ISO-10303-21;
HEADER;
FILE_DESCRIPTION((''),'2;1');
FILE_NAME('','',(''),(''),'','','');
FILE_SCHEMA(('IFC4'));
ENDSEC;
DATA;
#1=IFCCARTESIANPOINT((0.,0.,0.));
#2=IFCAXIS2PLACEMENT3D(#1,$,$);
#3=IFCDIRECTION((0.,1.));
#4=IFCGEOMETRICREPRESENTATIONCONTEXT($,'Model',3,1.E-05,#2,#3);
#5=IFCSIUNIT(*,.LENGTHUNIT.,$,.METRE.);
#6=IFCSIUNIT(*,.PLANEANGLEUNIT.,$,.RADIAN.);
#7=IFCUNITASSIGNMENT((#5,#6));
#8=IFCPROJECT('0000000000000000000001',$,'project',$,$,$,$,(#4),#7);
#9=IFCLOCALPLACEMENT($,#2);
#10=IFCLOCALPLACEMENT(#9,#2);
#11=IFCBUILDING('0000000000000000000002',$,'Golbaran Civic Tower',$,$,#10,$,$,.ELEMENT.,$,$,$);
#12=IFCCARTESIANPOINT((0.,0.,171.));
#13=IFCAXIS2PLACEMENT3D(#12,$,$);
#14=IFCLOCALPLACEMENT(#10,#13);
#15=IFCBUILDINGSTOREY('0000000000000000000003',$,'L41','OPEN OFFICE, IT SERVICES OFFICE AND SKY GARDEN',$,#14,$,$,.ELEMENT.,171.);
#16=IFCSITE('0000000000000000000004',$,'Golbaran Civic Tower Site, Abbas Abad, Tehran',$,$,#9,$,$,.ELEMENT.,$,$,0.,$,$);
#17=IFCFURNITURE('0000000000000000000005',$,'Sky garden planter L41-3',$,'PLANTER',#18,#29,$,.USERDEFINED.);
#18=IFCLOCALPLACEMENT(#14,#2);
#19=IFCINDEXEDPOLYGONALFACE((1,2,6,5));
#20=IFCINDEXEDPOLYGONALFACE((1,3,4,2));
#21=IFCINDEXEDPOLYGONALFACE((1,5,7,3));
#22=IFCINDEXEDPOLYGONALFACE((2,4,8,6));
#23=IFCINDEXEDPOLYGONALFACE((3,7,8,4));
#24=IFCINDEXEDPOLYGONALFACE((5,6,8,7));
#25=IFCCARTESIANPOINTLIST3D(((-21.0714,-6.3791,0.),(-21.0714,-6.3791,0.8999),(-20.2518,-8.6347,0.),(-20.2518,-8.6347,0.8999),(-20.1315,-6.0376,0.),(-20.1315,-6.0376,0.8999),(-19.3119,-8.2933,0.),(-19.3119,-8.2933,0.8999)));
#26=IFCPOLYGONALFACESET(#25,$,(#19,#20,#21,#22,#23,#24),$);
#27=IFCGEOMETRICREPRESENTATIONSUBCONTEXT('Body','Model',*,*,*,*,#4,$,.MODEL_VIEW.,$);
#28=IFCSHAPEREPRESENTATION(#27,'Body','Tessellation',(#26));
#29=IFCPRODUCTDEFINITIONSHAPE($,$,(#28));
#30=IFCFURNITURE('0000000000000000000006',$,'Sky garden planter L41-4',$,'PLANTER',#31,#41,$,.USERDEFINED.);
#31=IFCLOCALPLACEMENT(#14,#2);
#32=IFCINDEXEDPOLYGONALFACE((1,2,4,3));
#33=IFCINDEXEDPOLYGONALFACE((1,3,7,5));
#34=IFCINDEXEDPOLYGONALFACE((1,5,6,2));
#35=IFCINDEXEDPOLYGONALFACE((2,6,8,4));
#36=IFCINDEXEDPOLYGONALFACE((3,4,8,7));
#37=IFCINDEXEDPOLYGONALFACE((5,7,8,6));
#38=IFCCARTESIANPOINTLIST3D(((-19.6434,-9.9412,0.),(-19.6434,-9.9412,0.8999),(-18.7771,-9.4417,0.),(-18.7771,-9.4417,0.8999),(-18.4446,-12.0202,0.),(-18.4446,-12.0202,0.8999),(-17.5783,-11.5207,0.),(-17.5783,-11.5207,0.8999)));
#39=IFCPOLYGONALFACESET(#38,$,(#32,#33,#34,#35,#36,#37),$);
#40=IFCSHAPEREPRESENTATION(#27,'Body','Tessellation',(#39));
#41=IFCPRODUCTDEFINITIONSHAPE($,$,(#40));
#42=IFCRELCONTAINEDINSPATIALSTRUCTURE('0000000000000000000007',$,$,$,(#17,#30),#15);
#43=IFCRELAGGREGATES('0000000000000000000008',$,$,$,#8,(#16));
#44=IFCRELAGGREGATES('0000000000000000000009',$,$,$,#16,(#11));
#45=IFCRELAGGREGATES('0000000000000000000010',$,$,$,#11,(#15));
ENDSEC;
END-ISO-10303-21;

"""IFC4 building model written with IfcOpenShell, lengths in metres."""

from ifc_helpers import new_model, si_unit, direction, frame, origin, origin_2d, place, context, subcontext, project, spatial, rectangle, extrude, element, save


model = new_model("IFC4")

# Units and contexts
model_context = context("Model", 3, precision=1e-05, world=origin(), true_north=direction((0.0, 1.0)))
body_context = subcontext(model_context, "Body", "Model", "MODEL_VIEW")
ifc_project = project(units=[si_unit("LENGTHUNIT", "METRE"), si_unit("PLANEANGLEUNIT", "RADIAN")], contexts=[model_context])

# Site, building, storey
site_placement = place(None, origin())
site = spatial("IfcSite", under=ifc_project, at=site_placement, Name="Golbaran Civic Tower Site, Abbas Abad, Tehran", CompositionType="ELEMENT", RefElevation=0.0)
building_placement = place(site_placement, origin())
building = spatial("IfcBuilding", under=site, at=building_placement, Name="Golbaran Civic Tower", CompositionType="ELEMENT")
storey_placement = place(building_placement, frame((0.0, 0.0, 171.0)))
storey = spatial("IfcBuildingStorey", under=building, at=storey_placement, Name="L41", Description="OPEN OFFICE, IT SERVICES OFFICE AND SKY GARDEN", CompositionType="ELEMENT", Elevation=171.0)

# Furniture
for number, where, z_axis, x_axis, name in (
    (1, (-20.1917, -7.3362, 0.0), (0.0, 0.0, 1.0), (0.341485, -0.939887, 0.0), "Sky garden planter L41-3"),
    (2, (-18.6108, -10.731, 0.0), (0.0, 0.0, 1.0), (0.499506, -0.86631, 0.0), "Sky garden planter L41-4"),
):
    element("IfcFurniture", number, at=place(storey_placement, frame(where, z_axis=z_axis, x_axis=x_axis)), inside=storey, Name=name, ObjectType="PLANTER", PredefinedType="USERDEFINED", context=body_context, shape_type="SweptSolid", body=[
        extrude(rectangle(XDim=2.3999, YDim=1.0, at=origin_2d()), origin(), (0.0, 0.0, 1.0), 0.8999),
    ])

save(model, "model.ifc")
